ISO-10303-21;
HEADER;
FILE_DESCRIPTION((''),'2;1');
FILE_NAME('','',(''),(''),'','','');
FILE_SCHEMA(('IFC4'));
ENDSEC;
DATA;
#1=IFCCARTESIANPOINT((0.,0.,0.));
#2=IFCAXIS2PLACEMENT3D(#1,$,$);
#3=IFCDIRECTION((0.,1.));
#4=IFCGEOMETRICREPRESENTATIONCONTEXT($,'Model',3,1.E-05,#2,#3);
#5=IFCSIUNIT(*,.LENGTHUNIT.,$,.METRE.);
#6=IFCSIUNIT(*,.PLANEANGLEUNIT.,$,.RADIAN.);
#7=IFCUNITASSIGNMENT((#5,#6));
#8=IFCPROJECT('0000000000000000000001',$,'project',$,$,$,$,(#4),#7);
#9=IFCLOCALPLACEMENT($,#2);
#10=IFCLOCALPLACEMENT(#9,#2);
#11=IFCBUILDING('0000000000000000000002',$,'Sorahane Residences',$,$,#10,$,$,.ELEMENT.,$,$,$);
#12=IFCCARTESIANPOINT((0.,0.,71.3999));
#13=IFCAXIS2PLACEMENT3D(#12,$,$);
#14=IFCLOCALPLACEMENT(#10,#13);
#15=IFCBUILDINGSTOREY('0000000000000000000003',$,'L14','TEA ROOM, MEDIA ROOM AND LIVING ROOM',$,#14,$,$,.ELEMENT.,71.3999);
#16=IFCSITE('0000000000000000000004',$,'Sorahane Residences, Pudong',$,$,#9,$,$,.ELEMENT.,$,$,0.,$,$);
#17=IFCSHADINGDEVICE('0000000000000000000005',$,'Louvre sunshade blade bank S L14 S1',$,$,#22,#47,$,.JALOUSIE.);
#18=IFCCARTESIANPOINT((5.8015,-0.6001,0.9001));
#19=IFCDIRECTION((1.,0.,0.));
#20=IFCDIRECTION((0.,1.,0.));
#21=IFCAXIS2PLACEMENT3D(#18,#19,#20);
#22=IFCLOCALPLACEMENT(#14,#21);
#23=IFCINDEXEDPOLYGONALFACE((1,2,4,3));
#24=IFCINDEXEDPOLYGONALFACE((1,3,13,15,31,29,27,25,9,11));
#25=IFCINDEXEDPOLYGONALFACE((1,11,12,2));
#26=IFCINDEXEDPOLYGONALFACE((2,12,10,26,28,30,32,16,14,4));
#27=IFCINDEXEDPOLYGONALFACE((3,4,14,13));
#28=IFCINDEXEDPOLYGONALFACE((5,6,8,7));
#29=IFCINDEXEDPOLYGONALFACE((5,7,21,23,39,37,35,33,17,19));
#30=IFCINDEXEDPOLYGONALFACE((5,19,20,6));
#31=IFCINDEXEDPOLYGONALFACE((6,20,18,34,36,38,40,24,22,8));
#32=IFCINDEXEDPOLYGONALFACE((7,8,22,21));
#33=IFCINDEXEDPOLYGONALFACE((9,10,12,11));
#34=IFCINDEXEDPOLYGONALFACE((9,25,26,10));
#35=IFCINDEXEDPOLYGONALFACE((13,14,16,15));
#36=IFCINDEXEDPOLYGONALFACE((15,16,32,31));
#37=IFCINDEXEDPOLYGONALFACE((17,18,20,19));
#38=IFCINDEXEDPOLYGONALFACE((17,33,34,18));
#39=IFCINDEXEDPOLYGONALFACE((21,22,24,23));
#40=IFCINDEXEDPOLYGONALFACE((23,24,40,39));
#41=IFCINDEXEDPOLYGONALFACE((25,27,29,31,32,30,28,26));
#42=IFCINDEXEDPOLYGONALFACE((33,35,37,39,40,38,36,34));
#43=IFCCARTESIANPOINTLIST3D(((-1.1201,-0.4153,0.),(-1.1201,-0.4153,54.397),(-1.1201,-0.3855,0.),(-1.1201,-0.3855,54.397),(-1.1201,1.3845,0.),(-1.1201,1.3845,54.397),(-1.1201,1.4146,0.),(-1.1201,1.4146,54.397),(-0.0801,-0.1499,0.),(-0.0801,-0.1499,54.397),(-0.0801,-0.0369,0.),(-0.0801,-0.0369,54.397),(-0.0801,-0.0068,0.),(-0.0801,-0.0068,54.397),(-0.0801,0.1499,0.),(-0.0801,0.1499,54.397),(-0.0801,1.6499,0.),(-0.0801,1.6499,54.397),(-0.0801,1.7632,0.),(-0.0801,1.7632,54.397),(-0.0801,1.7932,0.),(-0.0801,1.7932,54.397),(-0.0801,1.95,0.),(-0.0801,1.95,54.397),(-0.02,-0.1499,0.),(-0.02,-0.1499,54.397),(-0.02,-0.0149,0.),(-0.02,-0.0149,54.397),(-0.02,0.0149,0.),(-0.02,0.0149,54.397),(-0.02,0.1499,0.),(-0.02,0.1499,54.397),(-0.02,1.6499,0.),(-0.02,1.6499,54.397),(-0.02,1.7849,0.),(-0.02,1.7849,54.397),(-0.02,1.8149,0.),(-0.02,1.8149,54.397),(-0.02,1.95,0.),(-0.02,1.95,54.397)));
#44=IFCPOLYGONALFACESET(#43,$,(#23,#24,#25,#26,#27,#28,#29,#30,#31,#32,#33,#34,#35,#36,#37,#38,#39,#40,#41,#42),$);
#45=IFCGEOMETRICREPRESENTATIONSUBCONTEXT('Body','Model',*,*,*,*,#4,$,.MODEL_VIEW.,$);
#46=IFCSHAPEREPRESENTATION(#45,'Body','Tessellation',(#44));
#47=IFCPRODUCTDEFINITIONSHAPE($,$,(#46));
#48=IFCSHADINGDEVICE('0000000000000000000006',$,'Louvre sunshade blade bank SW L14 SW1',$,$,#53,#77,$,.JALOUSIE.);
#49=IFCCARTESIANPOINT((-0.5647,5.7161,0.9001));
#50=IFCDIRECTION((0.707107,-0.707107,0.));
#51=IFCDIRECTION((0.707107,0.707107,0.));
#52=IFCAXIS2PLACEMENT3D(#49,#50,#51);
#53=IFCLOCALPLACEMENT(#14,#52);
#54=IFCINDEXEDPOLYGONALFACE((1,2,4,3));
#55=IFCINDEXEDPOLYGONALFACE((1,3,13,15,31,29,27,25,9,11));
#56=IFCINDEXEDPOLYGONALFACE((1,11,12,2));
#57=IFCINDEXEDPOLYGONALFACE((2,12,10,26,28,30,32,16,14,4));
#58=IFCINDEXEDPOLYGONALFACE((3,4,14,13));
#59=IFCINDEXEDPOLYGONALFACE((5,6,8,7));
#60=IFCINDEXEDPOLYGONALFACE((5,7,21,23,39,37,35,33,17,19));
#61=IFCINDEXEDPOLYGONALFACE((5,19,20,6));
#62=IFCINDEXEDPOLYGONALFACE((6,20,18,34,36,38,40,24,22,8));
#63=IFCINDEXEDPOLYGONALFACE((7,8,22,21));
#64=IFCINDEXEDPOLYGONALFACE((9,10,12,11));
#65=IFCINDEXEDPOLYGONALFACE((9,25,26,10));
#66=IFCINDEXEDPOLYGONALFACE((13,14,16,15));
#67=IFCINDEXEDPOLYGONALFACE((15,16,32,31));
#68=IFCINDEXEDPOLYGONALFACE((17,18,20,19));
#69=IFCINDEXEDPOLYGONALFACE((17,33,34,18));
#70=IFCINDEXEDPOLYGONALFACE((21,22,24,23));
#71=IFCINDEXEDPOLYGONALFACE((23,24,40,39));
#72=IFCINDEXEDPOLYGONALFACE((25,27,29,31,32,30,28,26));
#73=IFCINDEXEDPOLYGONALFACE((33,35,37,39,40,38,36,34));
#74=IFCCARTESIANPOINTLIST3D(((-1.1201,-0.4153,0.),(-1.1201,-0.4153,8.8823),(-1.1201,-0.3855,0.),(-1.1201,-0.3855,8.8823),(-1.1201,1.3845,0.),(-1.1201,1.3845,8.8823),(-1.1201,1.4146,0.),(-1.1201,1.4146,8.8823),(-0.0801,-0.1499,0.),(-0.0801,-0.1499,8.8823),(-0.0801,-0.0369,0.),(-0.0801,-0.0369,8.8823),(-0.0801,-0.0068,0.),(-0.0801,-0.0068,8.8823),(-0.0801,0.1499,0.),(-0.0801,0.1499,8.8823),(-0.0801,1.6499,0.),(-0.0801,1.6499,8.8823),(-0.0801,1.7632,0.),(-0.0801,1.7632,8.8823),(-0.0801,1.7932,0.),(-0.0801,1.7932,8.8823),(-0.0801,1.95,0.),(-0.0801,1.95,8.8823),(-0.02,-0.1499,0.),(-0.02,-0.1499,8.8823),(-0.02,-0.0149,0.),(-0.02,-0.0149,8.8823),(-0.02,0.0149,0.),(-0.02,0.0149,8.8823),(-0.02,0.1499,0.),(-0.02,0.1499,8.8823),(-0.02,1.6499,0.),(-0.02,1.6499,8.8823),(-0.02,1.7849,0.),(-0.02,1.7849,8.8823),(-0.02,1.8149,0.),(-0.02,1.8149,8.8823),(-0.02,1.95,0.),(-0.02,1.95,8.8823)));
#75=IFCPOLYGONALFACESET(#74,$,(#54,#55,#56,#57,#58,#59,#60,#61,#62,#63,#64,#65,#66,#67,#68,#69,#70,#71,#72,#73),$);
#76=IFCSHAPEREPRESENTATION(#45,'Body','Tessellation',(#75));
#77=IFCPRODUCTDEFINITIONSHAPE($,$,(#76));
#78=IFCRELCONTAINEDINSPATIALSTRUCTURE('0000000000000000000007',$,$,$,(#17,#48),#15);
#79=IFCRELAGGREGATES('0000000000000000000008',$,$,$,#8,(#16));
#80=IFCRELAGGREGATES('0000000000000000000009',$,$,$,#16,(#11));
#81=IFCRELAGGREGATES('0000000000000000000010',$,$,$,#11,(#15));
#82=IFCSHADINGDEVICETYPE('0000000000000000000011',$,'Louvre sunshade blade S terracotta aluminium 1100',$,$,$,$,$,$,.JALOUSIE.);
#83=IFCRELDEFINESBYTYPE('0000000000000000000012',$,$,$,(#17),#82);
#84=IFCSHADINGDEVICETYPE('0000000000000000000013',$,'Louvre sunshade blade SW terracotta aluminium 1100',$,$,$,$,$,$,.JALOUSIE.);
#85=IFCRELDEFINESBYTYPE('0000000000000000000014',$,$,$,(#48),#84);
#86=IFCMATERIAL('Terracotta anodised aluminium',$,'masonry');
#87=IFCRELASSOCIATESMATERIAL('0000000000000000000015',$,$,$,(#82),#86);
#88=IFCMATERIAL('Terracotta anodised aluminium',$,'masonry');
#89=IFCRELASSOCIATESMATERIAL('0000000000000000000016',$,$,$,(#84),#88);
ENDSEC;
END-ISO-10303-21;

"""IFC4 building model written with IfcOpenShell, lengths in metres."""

from ifc_helpers import new_model, si_unit, direction, frame, origin, place, context, subcontext, project, spatial, polyline, outline, composite_profile, extrude, material, type_object, element, save


model = new_model("IFC4")

# Units and contexts
model_context = context("Model", 3, precision=1e-05, world=origin(), true_north=direction((0.0, 1.0)))
body_context = subcontext(model_context, "Body", "Model", "MODEL_VIEW")
ifc_project = project(units=[si_unit("LENGTHUNIT", "METRE"), si_unit("PLANEANGLEUNIT", "RADIAN")], contexts=[model_context])

# Site, building, storey
site_placement = place(None, origin())
site = spatial("IfcSite", under=ifc_project, at=site_placement, Name="Sorahane Residences, Pudong", CompositionType="ELEMENT", RefElevation=0.0)
building_placement = place(site_placement, origin())
building = spatial("IfcBuilding", under=site, at=building_placement, Name="Sorahane Residences", CompositionType="ELEMENT")
storey_placement = place(building_placement, frame((0.0, 0.0, 71.3999)))
storey = spatial("IfcBuildingStorey", under=building, at=storey_placement, Name="L14", Description="TEA ROOM, MEDIA ROOM AND LIVING ROOM", CompositionType="ELEMENT", Elevation=71.3999)

# Shading devices
ifc_material_1 = material(Name="Terracotta anodised aluminium", Category="masonry")
shading_device_type_1 = type_object("IfcShadingDeviceType", Name="Louvre sunshade blade S terracotta aluminium 1100", PredefinedType="JALOUSIE", material=ifc_material_1)
shading_device_1_placement = place(storey_placement, frame((5.8015, -0.6001, 0.9001), z_axis=(1.0, 0.0, 0.0), x_axis=(0.0, 1.0, 0.0)))
element("IfcShadingDevice", 1, at=shading_device_1_placement, inside=storey, type_object=shading_device_type_1, Name="Louvre sunshade blade bank S L14 S1", PredefinedType="JALOUSIE", context=body_context, shape_type="SweptSolid", body=[
    extrude(composite_profile([outline(polyline([(-1.1201, -0.3855), (-1.1201, -0.4153), (-0.0801, -0.0369), (-0.0801, -0.1499), (-0.02, -0.1499), (-0.02, -0.0149), (-0.02, 0.0149), (-0.02, 0.1499), (-0.0801, 0.1499), (-0.0801, -0.0068), (-1.1201, -0.3855)])), outline(polyline([(-1.1201, 1.4146), (-1.1201, 1.3845), (-0.0801, 1.7632), (-0.0801, 1.6499), (-0.02, 1.6499), (-0.02, 1.7849), (-0.02, 1.8149), (-0.02, 1.95), (-0.0801, 1.95), (-0.0801, 1.7932), (-1.1201, 1.4146)]))]), origin(), (0.0, 0.0, 1.0), 54.397),
])
ifc_material_2 = material(Name="Terracotta anodised aluminium", Category="masonry")
shading_device_type_2 = type_object("IfcShadingDeviceType", Name="Louvre sunshade blade SW terracotta aluminium 1100", PredefinedType="JALOUSIE", material=ifc_material_2)
shading_device_2_placement = place(storey_placement, frame((-0.5647, 5.7161, 0.9001), z_axis=(0.707107, -0.707107, 0.0), x_axis=(0.707107, 0.707107, 0.0)))
element("IfcShadingDevice", 2, at=shading_device_2_placement, inside=storey, type_object=shading_device_type_2, Name="Louvre sunshade blade bank SW L14 SW1", PredefinedType="JALOUSIE", context=body_context, shape_type="SweptSolid", body=[
    extrude(composite_profile([outline(polyline([(-1.1201, -0.3855), (-1.1201, -0.4153), (-0.0801, -0.0369), (-0.0801, -0.1499), (-0.02, -0.1499), (-0.02, -0.0149), (-0.02, 0.0149), (-0.02, 0.1499), (-0.0801, 0.1499), (-0.0801, -0.0068), (-1.1201, -0.3855)])), outline(polyline([(-1.1201, 1.4146), (-1.1201, 1.3845), (-0.0801, 1.7632), (-0.0801, 1.6499), (-0.02, 1.6499), (-0.02, 1.7849), (-0.02, 1.8149), (-0.02, 1.95), (-0.0801, 1.95), (-0.0801, 1.7932), (-1.1201, 1.4146)]))]), origin(), (0.0, 0.0, 1.0), 8.8823),
])

save(model, "model.ifc")
